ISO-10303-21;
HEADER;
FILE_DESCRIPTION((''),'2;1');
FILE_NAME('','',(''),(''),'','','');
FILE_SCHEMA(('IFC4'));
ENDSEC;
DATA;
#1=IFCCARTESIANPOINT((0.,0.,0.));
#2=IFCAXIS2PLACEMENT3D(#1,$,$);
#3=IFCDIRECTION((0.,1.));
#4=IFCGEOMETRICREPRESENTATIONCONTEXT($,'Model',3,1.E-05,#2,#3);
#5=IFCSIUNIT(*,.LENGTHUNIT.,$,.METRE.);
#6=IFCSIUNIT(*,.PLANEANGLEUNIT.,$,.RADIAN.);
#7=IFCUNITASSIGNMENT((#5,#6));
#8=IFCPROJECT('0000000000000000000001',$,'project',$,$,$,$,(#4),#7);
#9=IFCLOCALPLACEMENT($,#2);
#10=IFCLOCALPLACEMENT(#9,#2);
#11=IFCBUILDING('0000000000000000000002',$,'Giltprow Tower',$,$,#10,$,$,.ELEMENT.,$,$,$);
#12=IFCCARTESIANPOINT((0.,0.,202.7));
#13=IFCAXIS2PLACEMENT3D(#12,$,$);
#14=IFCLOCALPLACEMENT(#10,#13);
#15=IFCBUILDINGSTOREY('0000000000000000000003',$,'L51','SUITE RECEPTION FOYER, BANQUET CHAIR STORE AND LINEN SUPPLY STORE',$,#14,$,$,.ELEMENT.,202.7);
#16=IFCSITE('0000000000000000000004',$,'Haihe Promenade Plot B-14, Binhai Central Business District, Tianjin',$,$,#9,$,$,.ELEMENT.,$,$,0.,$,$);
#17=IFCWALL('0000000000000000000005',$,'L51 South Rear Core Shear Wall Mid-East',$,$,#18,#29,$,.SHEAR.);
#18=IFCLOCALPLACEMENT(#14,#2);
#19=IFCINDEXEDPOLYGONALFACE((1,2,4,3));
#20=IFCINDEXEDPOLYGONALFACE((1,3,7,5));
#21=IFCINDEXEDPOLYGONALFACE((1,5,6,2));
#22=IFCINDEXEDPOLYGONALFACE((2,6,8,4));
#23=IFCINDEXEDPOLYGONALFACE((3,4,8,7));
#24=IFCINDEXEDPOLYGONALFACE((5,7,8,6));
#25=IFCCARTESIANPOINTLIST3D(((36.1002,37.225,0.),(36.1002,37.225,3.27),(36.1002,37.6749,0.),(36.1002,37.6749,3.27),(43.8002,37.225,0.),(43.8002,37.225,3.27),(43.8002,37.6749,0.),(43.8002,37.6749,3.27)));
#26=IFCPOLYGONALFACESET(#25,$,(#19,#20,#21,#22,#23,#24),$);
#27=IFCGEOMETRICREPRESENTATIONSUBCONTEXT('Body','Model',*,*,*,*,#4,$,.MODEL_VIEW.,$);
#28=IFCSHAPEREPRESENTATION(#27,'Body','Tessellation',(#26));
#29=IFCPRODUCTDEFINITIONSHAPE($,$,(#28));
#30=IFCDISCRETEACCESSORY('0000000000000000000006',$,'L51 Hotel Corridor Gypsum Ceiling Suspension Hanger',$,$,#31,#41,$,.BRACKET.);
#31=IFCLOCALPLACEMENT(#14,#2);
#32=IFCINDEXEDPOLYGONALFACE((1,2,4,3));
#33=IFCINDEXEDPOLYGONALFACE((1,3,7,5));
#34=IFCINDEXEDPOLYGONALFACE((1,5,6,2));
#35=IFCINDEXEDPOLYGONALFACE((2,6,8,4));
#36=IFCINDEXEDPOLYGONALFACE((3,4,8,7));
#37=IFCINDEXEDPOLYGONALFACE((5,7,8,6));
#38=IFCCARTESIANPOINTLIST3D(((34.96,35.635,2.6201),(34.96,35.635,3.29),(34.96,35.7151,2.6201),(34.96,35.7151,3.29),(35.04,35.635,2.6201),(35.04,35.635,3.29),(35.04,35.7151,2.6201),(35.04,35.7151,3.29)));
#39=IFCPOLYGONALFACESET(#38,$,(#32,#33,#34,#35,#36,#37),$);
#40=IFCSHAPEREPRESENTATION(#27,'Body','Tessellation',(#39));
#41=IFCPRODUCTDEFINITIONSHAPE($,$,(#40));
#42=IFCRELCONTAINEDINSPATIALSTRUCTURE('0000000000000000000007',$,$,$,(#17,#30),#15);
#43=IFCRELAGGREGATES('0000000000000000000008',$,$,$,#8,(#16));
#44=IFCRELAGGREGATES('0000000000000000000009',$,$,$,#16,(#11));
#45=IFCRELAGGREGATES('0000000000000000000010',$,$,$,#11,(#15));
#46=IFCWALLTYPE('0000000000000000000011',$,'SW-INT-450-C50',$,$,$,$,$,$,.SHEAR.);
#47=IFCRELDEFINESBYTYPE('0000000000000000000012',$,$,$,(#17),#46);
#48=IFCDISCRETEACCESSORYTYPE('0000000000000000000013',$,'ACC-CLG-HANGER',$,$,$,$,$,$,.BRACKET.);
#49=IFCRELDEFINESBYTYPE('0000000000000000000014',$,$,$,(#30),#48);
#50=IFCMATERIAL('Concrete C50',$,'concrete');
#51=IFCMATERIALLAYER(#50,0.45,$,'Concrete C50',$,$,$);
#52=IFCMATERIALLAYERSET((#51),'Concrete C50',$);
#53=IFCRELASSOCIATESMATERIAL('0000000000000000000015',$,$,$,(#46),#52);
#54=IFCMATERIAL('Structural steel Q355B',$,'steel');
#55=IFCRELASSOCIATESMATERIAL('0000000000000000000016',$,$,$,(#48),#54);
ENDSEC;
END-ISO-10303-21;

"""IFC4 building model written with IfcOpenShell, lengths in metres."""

from ifc_helpers import new_model, si_unit, direction, frame, frame_2d, origin, origin_2d, place, context, subcontext, project, spatial, rectangle, extrude, source, transform, mapped, material, layer, layer_set, type_object, element, save


model = new_model("IFC4")

# Units and contexts
model_context = context("Model", 3, precision=1e-05, world=origin(), true_north=direction((0.0, 1.0)))
body_context = subcontext(model_context, "Body", "Model", "MODEL_VIEW")
ifc_project = project(units=[si_unit("LENGTHUNIT", "METRE"), si_unit("PLANEANGLEUNIT", "RADIAN")], contexts=[model_context])

# Site, building, storey
site_placement = place(None, origin())
site = spatial("IfcSite", under=ifc_project, at=site_placement, Name="Haihe Promenade Plot B-14, Binhai Central Business District, Tianjin", CompositionType="ELEMENT", RefElevation=0.0)
building_placement = place(site_placement, origin())
building = spatial("IfcBuilding", under=site, at=building_placement, Name="Giltprow Tower", CompositionType="ELEMENT")
storey_placement = place(building_placement, frame((0.0, 0.0, 202.7)))
storey = spatial("IfcBuildingStorey", under=building, at=storey_placement, Name="L51", Description="SUITE RECEPTION FOYER, BANQUET CHAIR STORE AND LINEN SUPPLY STORE", CompositionType="ELEMENT", Elevation=202.7)

# Shared definitions
ifc_material_1 = material(Name="Concrete C50", Category="concrete")

# Shared definitions
ifc_material_2 = material(Name="Structural steel Q355B", Category="steel")

# Wall
ifc_layer_1 = layer(ifc_material_1, 0.45, Name="Concrete C50")
ifc_layer_set_1 = layer_set([ifc_layer_1], Name="Concrete C50")
wall_type_1 = type_object("IfcWallType", Name="SW-INT-450-C50", PredefinedType="SHEAR", material=ifc_layer_set_1)
wall_1_placement = place(storey_placement, frame((36.1001, 37.45, 0.0), z_axis=(0.0, 0.0, 1.0), x_axis=(1.0, 0.0, 0.0)))
element("IfcWall", 1, at=wall_1_placement, inside=storey, type_object=wall_type_1, Name="L51 South Rear Core Shear Wall Mid-East", PredefinedType="SHEAR", context=body_context, shape_type="SweptSolid", body=[
    extrude(rectangle(XDim=7.7, YDim=0.45, at=frame_2d((3.8501, 0.0))), origin(), (0.0, 0.0, 1.0), 3.27),
])

# Discrete accessory
discrete_accessory_type = type_object("IfcDiscreteAccessoryType", Name="ACC-CLG-HANGER", PredefinedType="BRACKET", material=ifc_material_2)
shared_shape_1 = source(origin(), body_context, "Body", "SweptSolid", [
    extrude(rectangle(XDim=0.0801, YDim=0.0801, at=origin_2d()), origin(), (0.0, 0.0, 1.0), 0.6699),
])
discrete_accessory_placement = place(storey_placement, frame((35.0, 35.675, 2.6201), z_axis=(0.0, 0.0, 1.0), x_axis=(1.0, 0.0, 0.0)))
element("IfcDiscreteAccessory", 2, at=discrete_accessory_placement, inside=storey, type_object=discrete_accessory_type, Name="L51 Hotel Corridor Gypsum Ceiling Suspension Hanger", PredefinedType="BRACKET", context=body_context, shape_type="MappedRepresentation", body=[
    mapped(shared_shape_1, transform((0.0, 0.0, 0.0), x_axis=(1.0, 0.0, 0.0), y_axis=(0.0, 1.0, 0.0), z_axis=(0.0, 0.0, 1.0), scale=1.0)),
])

save(model, "model.ifc")
